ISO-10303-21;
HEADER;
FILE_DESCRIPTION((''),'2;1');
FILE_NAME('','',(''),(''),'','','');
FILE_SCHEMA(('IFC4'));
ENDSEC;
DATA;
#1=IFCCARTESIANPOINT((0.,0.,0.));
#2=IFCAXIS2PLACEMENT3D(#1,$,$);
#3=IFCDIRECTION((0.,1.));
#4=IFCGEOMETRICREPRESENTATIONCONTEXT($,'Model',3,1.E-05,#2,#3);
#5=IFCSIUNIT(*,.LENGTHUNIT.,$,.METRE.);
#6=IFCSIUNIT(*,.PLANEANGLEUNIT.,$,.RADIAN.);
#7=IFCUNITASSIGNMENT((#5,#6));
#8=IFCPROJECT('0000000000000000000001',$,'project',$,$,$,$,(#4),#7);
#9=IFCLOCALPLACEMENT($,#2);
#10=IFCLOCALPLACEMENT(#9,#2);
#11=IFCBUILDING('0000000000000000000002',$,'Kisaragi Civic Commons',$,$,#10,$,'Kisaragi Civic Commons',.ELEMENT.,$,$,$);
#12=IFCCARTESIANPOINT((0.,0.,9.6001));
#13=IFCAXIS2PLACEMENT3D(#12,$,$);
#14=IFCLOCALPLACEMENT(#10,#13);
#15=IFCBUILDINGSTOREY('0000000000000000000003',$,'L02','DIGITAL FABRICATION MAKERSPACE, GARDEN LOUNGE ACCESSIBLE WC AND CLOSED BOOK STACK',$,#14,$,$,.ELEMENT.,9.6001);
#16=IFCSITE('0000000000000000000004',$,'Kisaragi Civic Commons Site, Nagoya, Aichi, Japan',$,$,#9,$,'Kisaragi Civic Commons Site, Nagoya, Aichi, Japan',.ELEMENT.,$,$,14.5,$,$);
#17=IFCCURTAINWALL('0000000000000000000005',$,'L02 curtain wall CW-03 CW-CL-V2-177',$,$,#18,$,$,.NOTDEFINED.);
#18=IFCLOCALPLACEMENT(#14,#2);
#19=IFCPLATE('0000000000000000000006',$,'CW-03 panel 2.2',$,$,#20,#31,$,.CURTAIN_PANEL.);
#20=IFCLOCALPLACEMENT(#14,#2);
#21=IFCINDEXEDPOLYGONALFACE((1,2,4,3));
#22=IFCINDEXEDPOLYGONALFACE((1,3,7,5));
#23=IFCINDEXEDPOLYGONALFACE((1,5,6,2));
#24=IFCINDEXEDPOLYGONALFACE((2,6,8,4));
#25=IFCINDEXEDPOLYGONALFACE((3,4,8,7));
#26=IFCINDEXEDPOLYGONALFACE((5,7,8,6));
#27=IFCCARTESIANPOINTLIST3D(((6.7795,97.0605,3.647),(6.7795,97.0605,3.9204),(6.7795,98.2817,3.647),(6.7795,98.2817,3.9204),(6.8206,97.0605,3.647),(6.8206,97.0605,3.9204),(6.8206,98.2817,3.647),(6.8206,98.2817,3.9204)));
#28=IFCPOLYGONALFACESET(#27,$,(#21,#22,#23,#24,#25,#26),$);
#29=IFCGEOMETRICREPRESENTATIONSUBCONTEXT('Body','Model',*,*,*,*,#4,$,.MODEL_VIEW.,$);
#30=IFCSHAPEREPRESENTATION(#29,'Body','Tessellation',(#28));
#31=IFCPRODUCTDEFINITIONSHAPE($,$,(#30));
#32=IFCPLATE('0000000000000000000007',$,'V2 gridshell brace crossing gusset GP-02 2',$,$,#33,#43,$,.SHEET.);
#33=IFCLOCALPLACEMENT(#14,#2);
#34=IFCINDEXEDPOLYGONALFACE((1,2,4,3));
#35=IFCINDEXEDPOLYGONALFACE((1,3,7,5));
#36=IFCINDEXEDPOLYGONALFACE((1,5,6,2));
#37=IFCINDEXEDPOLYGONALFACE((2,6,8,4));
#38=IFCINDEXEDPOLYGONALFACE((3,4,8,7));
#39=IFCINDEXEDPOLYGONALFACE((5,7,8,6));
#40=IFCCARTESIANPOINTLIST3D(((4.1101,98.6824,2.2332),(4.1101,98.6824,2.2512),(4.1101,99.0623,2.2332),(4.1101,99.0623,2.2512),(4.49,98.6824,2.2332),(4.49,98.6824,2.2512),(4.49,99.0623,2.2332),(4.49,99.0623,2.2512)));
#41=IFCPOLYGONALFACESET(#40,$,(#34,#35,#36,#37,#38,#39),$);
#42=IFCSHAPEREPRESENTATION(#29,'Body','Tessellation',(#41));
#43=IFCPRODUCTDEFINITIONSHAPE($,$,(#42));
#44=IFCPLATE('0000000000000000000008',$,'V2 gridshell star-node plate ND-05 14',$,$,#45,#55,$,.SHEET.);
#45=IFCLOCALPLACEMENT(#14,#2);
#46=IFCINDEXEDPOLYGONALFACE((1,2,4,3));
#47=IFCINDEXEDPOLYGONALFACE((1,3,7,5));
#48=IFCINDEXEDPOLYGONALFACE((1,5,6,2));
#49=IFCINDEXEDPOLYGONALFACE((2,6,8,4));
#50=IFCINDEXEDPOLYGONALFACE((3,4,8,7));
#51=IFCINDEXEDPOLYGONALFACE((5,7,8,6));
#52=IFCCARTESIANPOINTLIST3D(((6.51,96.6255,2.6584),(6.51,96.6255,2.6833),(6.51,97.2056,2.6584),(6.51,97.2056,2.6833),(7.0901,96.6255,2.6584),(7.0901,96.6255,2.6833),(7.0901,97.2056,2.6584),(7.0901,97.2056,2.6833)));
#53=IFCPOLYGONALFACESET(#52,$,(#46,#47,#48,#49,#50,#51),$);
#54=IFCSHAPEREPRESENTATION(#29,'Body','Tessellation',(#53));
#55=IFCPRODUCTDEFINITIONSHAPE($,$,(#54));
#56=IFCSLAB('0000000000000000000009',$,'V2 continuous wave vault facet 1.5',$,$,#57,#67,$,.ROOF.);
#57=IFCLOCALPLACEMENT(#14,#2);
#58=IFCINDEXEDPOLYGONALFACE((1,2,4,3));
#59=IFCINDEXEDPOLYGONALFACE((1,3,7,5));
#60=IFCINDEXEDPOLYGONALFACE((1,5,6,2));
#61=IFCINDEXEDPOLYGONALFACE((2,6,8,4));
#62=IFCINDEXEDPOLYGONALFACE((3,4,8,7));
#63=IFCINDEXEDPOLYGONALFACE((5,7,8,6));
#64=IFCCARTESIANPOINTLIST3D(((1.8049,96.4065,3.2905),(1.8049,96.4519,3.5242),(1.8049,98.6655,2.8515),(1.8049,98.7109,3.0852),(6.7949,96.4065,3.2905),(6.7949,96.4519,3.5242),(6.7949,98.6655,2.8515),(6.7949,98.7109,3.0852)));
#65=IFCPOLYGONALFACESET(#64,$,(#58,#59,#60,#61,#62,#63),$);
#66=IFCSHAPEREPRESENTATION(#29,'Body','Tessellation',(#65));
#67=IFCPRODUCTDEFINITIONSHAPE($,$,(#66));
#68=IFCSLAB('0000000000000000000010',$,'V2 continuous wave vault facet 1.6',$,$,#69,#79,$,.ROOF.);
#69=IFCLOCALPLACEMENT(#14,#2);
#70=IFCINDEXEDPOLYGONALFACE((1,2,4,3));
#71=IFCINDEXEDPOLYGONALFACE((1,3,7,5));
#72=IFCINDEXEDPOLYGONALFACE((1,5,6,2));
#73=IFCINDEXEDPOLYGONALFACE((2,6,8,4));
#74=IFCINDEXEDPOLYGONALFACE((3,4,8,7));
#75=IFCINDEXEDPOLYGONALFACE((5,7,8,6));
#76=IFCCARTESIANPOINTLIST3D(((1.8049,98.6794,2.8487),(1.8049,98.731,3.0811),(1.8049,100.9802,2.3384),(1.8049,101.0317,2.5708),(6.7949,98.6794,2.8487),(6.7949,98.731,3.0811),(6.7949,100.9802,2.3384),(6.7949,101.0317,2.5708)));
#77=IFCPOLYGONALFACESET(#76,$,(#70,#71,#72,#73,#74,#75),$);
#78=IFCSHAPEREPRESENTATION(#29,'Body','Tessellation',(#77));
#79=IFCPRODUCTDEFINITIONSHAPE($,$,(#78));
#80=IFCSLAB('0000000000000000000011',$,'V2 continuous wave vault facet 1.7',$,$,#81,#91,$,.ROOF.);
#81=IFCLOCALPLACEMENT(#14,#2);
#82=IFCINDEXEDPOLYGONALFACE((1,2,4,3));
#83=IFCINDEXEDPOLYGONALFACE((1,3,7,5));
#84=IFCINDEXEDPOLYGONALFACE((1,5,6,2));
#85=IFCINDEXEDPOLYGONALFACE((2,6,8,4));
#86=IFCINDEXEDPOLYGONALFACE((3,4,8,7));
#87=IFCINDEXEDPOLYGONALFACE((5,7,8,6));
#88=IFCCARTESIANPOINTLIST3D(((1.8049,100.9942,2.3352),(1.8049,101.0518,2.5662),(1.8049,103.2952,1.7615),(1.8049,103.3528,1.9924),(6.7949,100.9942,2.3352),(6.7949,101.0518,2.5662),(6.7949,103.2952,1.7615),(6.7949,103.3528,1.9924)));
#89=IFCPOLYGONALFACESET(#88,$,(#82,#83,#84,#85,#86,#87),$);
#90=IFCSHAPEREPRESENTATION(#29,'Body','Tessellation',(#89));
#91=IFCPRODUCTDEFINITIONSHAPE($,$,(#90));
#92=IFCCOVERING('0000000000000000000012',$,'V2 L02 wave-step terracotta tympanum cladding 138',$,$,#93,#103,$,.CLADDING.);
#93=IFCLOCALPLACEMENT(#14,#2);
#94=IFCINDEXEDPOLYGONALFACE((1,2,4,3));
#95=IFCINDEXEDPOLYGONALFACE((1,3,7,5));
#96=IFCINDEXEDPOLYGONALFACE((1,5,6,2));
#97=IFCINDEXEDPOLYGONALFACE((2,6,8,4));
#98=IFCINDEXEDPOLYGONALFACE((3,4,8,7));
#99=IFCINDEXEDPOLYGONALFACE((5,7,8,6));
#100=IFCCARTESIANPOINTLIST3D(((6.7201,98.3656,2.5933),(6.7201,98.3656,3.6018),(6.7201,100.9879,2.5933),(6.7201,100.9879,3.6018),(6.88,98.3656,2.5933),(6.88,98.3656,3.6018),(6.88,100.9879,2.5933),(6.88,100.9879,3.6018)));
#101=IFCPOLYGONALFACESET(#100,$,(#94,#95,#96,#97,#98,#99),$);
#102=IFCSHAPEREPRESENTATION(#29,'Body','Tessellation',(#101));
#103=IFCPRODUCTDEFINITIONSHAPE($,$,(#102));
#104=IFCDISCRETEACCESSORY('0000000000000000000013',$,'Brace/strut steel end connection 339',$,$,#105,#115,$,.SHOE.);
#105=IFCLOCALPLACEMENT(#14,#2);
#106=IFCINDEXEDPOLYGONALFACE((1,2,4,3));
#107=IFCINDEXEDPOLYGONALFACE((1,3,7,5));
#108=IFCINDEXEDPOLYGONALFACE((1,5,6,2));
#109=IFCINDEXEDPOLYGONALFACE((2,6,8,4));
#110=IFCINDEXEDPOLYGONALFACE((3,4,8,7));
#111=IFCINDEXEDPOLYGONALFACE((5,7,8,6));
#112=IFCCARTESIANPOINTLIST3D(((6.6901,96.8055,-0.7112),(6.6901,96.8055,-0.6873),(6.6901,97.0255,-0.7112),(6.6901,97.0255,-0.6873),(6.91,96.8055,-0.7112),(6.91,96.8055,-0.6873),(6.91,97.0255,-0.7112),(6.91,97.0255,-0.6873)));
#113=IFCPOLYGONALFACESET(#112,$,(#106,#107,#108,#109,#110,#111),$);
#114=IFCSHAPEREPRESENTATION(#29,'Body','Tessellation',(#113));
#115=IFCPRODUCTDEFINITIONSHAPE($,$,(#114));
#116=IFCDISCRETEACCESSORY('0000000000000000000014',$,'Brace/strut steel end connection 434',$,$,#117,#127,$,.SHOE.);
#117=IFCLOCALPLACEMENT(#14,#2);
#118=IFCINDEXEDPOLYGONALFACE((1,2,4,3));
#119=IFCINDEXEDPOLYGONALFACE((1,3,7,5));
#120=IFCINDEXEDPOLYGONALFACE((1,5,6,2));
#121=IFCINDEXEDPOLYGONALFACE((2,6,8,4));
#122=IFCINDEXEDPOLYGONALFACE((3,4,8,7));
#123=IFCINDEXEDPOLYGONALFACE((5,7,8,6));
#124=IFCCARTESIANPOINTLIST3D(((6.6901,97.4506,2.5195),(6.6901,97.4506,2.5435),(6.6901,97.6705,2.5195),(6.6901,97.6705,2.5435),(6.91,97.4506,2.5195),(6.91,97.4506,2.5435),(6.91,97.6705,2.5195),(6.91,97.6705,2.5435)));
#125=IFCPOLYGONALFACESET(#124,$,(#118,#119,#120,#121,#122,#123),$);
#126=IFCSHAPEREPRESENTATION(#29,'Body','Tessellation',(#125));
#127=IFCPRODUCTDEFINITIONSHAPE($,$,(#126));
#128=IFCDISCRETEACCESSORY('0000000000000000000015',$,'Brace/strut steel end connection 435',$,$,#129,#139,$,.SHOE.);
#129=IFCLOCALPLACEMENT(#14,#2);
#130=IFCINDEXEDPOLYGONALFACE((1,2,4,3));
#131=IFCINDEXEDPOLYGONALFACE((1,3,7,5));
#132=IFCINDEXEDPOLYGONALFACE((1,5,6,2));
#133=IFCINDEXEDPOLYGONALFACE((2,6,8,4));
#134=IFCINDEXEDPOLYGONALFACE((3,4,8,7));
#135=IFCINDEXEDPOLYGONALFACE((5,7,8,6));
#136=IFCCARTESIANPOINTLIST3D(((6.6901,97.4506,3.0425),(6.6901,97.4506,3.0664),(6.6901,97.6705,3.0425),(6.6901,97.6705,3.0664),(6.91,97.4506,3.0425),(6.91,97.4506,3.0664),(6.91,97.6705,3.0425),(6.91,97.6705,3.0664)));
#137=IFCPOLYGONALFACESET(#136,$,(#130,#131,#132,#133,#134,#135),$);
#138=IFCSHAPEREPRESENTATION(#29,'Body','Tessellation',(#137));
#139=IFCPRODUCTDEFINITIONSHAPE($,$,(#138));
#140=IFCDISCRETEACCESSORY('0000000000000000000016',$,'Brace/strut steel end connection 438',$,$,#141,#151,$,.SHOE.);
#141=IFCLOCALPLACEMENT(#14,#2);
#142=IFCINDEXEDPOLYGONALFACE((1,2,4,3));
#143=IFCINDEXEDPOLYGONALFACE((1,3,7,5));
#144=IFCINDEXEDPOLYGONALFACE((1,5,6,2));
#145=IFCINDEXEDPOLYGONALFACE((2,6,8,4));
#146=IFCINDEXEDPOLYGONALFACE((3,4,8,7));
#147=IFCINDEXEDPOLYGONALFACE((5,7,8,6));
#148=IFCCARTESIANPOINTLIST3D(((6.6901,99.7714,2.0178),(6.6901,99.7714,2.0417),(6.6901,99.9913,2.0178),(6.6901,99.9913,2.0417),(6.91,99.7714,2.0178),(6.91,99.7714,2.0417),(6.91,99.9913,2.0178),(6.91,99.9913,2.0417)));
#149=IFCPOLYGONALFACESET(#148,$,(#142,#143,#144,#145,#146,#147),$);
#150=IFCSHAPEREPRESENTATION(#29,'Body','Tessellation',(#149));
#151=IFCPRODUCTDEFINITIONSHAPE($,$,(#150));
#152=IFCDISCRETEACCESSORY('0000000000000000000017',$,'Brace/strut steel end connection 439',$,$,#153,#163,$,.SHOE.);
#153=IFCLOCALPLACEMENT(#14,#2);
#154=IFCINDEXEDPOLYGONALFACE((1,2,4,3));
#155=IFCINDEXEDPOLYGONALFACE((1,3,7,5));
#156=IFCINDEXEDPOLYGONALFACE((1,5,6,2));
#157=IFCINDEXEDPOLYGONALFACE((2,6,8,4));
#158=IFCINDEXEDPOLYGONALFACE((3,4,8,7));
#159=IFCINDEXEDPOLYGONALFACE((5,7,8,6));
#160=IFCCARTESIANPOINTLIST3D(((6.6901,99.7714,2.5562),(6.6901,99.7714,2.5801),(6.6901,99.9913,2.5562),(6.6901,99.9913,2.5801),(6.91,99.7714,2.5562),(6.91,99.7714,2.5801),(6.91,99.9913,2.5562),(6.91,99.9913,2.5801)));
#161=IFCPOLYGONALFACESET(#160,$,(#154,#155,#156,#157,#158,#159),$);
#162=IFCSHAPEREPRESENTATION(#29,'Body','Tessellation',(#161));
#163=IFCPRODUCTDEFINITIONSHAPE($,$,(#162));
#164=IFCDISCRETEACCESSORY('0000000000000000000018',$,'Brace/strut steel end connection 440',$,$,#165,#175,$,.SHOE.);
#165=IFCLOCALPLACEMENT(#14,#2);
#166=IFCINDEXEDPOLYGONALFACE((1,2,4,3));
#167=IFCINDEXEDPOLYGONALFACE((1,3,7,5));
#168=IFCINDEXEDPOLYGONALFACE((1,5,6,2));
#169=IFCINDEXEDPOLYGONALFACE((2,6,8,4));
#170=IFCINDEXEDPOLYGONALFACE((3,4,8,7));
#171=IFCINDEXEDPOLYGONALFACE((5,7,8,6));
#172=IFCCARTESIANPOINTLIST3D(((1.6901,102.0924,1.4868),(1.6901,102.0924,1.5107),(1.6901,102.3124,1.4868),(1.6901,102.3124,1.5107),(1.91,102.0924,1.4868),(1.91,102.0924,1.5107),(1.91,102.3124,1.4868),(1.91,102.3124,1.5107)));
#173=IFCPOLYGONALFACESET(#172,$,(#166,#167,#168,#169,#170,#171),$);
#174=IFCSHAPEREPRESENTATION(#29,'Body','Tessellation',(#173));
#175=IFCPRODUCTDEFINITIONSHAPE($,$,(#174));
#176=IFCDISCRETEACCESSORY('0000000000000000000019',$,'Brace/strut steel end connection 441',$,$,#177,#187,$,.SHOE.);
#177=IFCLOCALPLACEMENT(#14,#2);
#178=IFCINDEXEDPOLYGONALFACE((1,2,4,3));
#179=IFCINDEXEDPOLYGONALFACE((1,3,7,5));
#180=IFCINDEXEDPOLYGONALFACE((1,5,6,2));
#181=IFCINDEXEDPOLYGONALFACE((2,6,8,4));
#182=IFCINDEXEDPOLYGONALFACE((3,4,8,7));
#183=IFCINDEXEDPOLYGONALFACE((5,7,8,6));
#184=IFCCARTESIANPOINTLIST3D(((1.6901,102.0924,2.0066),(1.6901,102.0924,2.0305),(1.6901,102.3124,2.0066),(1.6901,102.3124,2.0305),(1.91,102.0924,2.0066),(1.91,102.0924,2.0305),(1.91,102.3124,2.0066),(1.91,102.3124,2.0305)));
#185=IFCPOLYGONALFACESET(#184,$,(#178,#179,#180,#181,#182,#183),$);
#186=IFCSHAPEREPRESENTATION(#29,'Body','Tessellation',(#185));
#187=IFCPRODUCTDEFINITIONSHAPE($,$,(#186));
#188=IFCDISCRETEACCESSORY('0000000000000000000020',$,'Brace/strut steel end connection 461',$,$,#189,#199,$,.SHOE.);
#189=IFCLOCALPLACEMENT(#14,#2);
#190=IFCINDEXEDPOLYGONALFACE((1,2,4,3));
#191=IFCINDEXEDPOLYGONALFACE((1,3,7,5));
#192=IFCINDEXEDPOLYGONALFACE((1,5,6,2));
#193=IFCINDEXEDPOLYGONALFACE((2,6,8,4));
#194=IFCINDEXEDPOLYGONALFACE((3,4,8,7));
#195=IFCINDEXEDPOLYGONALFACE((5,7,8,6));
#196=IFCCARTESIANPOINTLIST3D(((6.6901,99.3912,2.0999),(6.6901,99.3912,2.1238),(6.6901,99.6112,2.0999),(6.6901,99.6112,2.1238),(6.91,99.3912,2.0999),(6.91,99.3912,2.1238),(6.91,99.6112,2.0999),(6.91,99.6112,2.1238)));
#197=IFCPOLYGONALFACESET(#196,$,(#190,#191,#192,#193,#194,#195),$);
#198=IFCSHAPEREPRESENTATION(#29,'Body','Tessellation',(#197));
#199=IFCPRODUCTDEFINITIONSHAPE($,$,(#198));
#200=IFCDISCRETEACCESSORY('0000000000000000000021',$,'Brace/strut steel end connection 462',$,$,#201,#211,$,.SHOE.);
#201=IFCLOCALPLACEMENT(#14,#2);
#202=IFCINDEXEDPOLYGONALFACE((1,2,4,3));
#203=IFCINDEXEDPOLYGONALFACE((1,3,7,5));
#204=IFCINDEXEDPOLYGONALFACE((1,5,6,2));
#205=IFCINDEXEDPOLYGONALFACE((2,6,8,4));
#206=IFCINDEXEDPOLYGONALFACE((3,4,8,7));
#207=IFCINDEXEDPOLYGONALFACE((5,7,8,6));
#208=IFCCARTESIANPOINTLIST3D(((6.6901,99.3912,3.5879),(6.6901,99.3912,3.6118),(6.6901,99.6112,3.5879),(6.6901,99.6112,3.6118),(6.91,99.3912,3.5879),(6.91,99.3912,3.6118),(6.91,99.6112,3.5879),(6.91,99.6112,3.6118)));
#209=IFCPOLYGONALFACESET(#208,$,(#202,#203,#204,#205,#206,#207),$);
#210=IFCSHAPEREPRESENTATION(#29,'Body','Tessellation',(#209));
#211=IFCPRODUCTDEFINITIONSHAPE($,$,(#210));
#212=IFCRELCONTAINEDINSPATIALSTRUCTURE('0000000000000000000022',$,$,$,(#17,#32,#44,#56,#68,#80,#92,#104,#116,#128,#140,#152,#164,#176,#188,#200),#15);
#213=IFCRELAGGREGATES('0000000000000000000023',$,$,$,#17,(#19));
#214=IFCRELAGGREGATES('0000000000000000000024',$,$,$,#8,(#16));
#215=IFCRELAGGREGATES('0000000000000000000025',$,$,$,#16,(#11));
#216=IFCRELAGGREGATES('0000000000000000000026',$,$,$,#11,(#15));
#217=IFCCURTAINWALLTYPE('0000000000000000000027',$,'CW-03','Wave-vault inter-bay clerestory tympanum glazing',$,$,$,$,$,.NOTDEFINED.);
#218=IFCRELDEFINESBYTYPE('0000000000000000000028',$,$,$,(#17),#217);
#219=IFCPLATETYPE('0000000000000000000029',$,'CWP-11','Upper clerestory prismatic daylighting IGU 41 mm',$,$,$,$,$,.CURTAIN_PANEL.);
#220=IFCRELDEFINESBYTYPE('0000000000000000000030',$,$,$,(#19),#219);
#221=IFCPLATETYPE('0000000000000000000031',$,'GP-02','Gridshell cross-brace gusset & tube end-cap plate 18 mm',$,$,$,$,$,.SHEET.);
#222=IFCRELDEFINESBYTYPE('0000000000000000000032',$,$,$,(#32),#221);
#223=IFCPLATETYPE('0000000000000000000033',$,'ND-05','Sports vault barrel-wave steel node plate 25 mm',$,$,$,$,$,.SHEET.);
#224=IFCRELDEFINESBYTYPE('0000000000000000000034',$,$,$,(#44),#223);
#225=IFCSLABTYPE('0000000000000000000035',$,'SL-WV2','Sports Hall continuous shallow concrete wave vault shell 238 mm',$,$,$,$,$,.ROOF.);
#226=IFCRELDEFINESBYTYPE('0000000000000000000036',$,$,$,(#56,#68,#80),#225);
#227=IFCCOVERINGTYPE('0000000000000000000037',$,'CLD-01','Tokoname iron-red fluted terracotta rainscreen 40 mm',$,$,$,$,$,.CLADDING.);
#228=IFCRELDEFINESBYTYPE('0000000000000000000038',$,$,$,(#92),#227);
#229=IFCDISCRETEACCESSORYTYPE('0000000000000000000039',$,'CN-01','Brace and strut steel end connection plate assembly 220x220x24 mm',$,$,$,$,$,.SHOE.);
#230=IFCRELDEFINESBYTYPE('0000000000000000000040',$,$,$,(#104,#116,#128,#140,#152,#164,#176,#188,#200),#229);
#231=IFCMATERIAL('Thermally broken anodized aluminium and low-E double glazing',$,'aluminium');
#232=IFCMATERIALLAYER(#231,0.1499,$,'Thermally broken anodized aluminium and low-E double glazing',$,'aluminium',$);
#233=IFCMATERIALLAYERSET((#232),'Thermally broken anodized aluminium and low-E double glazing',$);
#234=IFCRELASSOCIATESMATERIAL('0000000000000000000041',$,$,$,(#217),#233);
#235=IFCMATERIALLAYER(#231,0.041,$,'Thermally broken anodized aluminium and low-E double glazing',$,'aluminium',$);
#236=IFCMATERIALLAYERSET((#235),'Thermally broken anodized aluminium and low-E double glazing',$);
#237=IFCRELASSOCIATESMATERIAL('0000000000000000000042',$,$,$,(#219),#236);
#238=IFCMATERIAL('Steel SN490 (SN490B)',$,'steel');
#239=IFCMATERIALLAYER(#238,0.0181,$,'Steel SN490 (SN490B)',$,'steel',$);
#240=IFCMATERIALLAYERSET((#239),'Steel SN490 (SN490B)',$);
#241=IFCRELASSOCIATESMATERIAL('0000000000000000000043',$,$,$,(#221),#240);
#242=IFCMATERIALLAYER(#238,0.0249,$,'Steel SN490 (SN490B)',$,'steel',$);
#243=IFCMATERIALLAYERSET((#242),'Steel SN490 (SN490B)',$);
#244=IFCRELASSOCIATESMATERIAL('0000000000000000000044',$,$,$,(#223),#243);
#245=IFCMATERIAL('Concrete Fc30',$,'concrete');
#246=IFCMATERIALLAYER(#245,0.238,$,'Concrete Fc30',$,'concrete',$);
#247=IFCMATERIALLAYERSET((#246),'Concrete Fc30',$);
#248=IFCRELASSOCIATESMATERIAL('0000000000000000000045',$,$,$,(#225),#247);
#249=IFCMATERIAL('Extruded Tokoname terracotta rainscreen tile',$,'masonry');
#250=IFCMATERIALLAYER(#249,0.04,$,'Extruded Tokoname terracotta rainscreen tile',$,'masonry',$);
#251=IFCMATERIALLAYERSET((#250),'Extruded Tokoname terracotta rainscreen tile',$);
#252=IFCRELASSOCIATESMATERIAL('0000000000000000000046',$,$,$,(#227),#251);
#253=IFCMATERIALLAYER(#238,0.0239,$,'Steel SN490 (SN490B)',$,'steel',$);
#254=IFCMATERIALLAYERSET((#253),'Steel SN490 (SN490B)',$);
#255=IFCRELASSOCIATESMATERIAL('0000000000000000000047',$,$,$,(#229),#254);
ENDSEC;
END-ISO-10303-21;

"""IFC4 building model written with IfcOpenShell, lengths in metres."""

from ifc_helpers import new_model, si_unit, direction, frame, origin, origin_2d, place, context, subcontext, project, spatial, polyline, rectangle, outline, extrude, material, layer, layer_set, type_object, element, aggregate, save


model = new_model("IFC4")

# Units and contexts
model_context = context("Model", 3, precision=1e-05, world=origin(), true_north=direction((0.0, 1.0)))
body_context = subcontext(model_context, "Body", "Model", "MODEL_VIEW")
ifc_project = project(units=[si_unit("LENGTHUNIT", "METRE"), si_unit("PLANEANGLEUNIT", "RADIAN")], contexts=[model_context])

# Site, building, storey
site_placement = place(None, origin())
site = spatial("IfcSite", under=ifc_project, at=site_placement, Name="Kisaragi Civic Commons Site, Nagoya, Aichi, Japan", LongName="Kisaragi Civic Commons Site, Nagoya, Aichi, Japan", CompositionType="ELEMENT", RefElevation=14.5)
building_placement = place(site_placement, origin())
building = spatial("IfcBuilding", under=site, at=building_placement, Name="Kisaragi Civic Commons", LongName="Kisaragi Civic Commons", CompositionType="ELEMENT")
storey_placement = place(building_placement, frame((0.0, 0.0, 9.6001)))
storey = spatial("IfcBuildingStorey", under=building, at=storey_placement, Name="L02", Description="DIGITAL FABRICATION MAKERSPACE, GARDEN LOUNGE ACCESSIBLE WC AND CLOSED BOOK STACK", CompositionType="ELEMENT", Elevation=9.6001)

# Curtain wall
ifc_material_1 = material(Name="Thermally broken anodized aluminium and low-E double glazing", Category="aluminium")
ifc_layer_1 = layer(ifc_material_1, 0.1499, Name="Thermally broken anodized aluminium and low-E double glazing", Category="aluminium")
ifc_layer_set_1 = layer_set([ifc_layer_1], Name="Thermally broken anodized aluminium and low-E double glazing")
curtain_wall_type = type_object("IfcCurtainWallType", Name="CW-03", Description="Wave-vault inter-bay clerestory tympanum glazing", PredefinedType="NOTDEFINED", material=ifc_layer_set_1)
curtain_wall_placement = place(storey_placement, origin())
curtain_wall = element("IfcCurtainWall", 1, at=curtain_wall_placement, inside=storey, type_object=curtain_wall_type, Name="L02 curtain wall CW-03 CW-CL-V2-177", PredefinedType="NOTDEFINED")

# Shared definitions
ifc_material_2 = material(Name="Steel SN490 (SN490B)", Category="steel")

# Plate
ifc_layer_2 = layer(ifc_material_1, 0.041, Name="Thermally broken anodized aluminium and low-E double glazing", Category="aluminium")
ifc_layer_set_2 = layer_set([ifc_layer_2], Name="Thermally broken anodized aluminium and low-E double glazing")
plate_type_1 = type_object("IfcPlateType", Name="CWP-11", Description="Upper clerestory prismatic daylighting IGU 41 mm", PredefinedType="CURTAIN_PANEL", material=ifc_layer_set_2)
plate_1_placement = place(storey_placement, frame((6.8, 97.6711, 3.647), z_axis=(0.0, 0.0, 1.0), x_axis=(0.0, 1.0, 0.0)))
plate_1 = element("IfcPlate", 2, at=plate_1_placement, type_object=plate_type_1, Name="CW-03 panel 2.2", PredefinedType="CURTAIN_PANEL", context=body_context, shape_type="SweptSolid", body=[
    extrude(rectangle(XDim=1.2212, YDim=0.041, at=origin_2d()), origin(), (0.0, 0.0, 1.0), 0.2734),
])
aggregate(curtain_wall, [plate_1])

# Plates
ifc_layer_3 = layer(ifc_material_2, 0.0181, Name="Steel SN490 (SN490B)", Category="steel")
ifc_layer_set_3 = layer_set([ifc_layer_3], Name="Steel SN490 (SN490B)")
plate_type_2 = type_object("IfcPlateType", Name="GP-02", Description="Gridshell cross-brace gusset & tube end-cap plate 18 mm", PredefinedType="SHEET", material=ifc_layer_set_3)
plate_2_placement = place(storey_placement, frame((4.3, 98.8723, 2.2332), z_axis=(0.0, 0.0, 1.0), x_axis=(1.0, 0.0, 0.0)))
element("IfcPlate", 3, at=plate_2_placement, inside=storey, type_object=plate_type_2, Name="V2 gridshell brace crossing gusset GP-02 2", PredefinedType="SHEET", context=body_context, shape_type="SweptSolid", body=[
    extrude(rectangle(XDim=0.3799, YDim=0.3799, at=origin_2d()), origin(), (0.0, 0.0, 1.0), 0.0181),
])
ifc_layer_4 = layer(ifc_material_2, 0.0249, Name="Steel SN490 (SN490B)", Category="steel")
ifc_layer_set_4 = layer_set([ifc_layer_4], Name="Steel SN490 (SN490B)")
plate_type_3 = type_object("IfcPlateType", Name="ND-05", Description="Sports vault barrel-wave steel node plate 25 mm", PredefinedType="SHEET", material=ifc_layer_set_4)
plate_3_placement = place(storey_placement, frame((6.8, 96.9155, 2.6584), z_axis=(0.0, 0.0, 1.0), x_axis=(1.0, 0.0, 0.0)))
element("IfcPlate", 4, at=plate_3_placement, inside=storey, type_object=plate_type_3, Name="V2 gridshell star-node plate ND-05 14", PredefinedType="SHEET", context=body_context, shape_type="SweptSolid", body=[
    extrude(rectangle(XDim=0.5801, YDim=0.5801, at=origin_2d()), origin(), (0.0, 0.0, 1.0), 0.0249),
])

# Slabs
ifc_material_3 = material(Name="Concrete Fc30", Category="concrete")
ifc_layer_5 = layer(ifc_material_3, 0.238, Name="Concrete Fc30", Category="concrete")
ifc_layer_set_5 = layer_set([ifc_layer_5], Name="Concrete Fc30")
slab_type = type_object("IfcSlabType", Name="SL-WV2", Description="Sports Hall continuous shallow concrete wave vault shell 238 mm", PredefinedType="ROOF", material=ifc_layer_set_5)
slab_1_placement = place(storey_placement, frame((1.8049, 96.4519, 3.5242), z_axis=(0.0, 0.190748, 0.981639), x_axis=(1.0, 0.0, 0.0)))
element("IfcSlab", 5, at=slab_1_placement, inside=storey, type_object=slab_type, Name="V2 continuous wave vault facet 1.5", PredefinedType="ROOF", context=body_context, shape_type="SweptSolid", body=[
    extrude(outline(polyline([(0.0, 0.0), (4.99, 0.0), (4.99, 2.3013), (0.0, 2.3013), (0.0, 0.0)])), origin(), (0.0, 0.0, -1.0), 0.238),
])
slab_2_placement = place(storey_placement, frame((1.8049, 98.731, 3.0811), z_axis=(0.0, 0.216514, 0.97628), x_axis=(1.0, 0.0, 0.0)))
element("IfcSlab", 6, at=slab_2_placement, inside=storey, type_object=slab_type, Name="V2 continuous wave vault facet 1.6", PredefinedType="ROOF", context=body_context, shape_type="SweptSolid", body=[
    extrude(outline(polyline([(0.0, 0.0), (4.99, 0.0), (4.99, 2.3567), (0.0, 2.3567), (0.0, 0.0)])), origin(), (0.0, 0.0, -1.0), 0.238),
])
slab_3_placement = place(storey_placement, frame((1.8049, 101.0518, 2.5662), z_axis=(0.0, 0.24193, 0.970294), x_axis=(1.0, 0.0, 0.0)))
element("IfcSlab", 7, at=slab_3_placement, inside=storey, type_object=slab_type, Name="V2 continuous wave vault facet 1.7", PredefinedType="ROOF", context=body_context, shape_type="SweptSolid", body=[
    extrude(outline(polyline([(0.0, 0.0), (4.99, 0.0), (4.99, 2.3715), (0.0, 2.3715), (0.0, 0.0)])), origin(), (0.0, 0.0, -1.0), 0.238),
])

# Covering
ifc_material_4 = material(Name="Extruded Tokoname terracotta rainscreen tile", Category="masonry")
ifc_layer_6 = layer(ifc_material_4, 0.04, Name="Extruded Tokoname terracotta rainscreen tile", Category="masonry")
ifc_layer_set_6 = layer_set([ifc_layer_6], Name="Extruded Tokoname terracotta rainscreen tile")
covering_type = type_object("IfcCoveringType", Name="CLD-01", Description="Tokoname iron-red fluted terracotta rainscreen 40 mm", PredefinedType="CLADDING", material=ifc_layer_set_6)
covering_placement = place(storey_placement, frame((6.8, 99.6768, 2.5933), z_axis=(0.0, 0.0, 1.0), x_axis=(0.0, 1.0, 0.0)))
element("IfcCovering", 8, at=covering_placement, inside=storey, type_object=covering_type, Name="V2 L02 wave-step terracotta tympanum cladding 138", PredefinedType="CLADDING", context=body_context, shape_type="SweptSolid", body=[
    extrude(rectangle(XDim=2.6223, YDim=0.1599, at=origin_2d()), origin(), (0.0, 0.0, 1.0), 1.0085),
])

# Discrete accessories
ifc_layer_7 = layer(ifc_material_2, 0.0239, Name="Steel SN490 (SN490B)", Category="steel")
ifc_layer_set_7 = layer_set([ifc_layer_7], Name="Steel SN490 (SN490B)")
discrete_accessory_type = type_object("IfcDiscreteAccessoryType", Name="CN-01", Description="Brace and strut steel end connection plate assembly 220x220x24 mm", PredefinedType="SHOE", material=ifc_layer_set_7)
for number, where, z_axis, x_axis, name in (
    (9, (6.8, 96.9155, -0.7112), (0.0, 0.0, 1.0), (1.0, 0.0, 0.0), "Brace/strut steel end connection 339"),
    (10, (6.8, 97.5605, 2.5195), (0.0, 0.0, 1.0), (1.0, 0.0, 0.0), "Brace/strut steel end connection 434"),
    (11, (6.8, 97.5605, 3.0425), (0.0, 0.0, 1.0), (1.0, 0.0, 0.0), "Brace/strut steel end connection 435"),
    (12, (6.8, 99.8813, 2.0178), (0.0, 0.0, 1.0), (1.0, 0.0, 0.0), "Brace/strut steel end connection 438"),
    (13, (6.8, 99.8813, 2.5562), (0.0, 0.0, 1.0), (1.0, 0.0, 0.0), "Brace/strut steel end connection 439"),
    (14, (1.8, 102.2024, 1.4868), (0.0, 0.0, 1.0), (1.0, 0.0, 0.0), "Brace/strut steel end connection 440"),
    (15, (1.8, 102.2024, 2.0066), (0.0, 0.0, 1.0), (1.0, 0.0, 0.0), "Brace/strut steel end connection 441"),
    (16, (6.8, 99.5012, 2.0999), (0.0, 0.0, 1.0), (1.0, 0.0, 0.0), "Brace/strut steel end connection 461"),
    (17, (6.8, 99.5012, 3.5879), (0.0, 0.0, 1.0), (1.0, 0.0, 0.0), "Brace/strut steel end connection 462"),
):
    element("IfcDiscreteAccessory", number, at=place(storey_placement, frame(where, z_axis=z_axis, x_axis=x_axis)), inside=storey, type_object=discrete_accessory_type, Name=name, PredefinedType="SHOE", context=body_context, shape_type="SweptSolid", body=[
        extrude(rectangle(XDim=0.22, YDim=0.22, at=origin_2d()), origin(), (0.0, 0.0, 1.0), 0.0239),
    ])

save(model, "model.ifc")
